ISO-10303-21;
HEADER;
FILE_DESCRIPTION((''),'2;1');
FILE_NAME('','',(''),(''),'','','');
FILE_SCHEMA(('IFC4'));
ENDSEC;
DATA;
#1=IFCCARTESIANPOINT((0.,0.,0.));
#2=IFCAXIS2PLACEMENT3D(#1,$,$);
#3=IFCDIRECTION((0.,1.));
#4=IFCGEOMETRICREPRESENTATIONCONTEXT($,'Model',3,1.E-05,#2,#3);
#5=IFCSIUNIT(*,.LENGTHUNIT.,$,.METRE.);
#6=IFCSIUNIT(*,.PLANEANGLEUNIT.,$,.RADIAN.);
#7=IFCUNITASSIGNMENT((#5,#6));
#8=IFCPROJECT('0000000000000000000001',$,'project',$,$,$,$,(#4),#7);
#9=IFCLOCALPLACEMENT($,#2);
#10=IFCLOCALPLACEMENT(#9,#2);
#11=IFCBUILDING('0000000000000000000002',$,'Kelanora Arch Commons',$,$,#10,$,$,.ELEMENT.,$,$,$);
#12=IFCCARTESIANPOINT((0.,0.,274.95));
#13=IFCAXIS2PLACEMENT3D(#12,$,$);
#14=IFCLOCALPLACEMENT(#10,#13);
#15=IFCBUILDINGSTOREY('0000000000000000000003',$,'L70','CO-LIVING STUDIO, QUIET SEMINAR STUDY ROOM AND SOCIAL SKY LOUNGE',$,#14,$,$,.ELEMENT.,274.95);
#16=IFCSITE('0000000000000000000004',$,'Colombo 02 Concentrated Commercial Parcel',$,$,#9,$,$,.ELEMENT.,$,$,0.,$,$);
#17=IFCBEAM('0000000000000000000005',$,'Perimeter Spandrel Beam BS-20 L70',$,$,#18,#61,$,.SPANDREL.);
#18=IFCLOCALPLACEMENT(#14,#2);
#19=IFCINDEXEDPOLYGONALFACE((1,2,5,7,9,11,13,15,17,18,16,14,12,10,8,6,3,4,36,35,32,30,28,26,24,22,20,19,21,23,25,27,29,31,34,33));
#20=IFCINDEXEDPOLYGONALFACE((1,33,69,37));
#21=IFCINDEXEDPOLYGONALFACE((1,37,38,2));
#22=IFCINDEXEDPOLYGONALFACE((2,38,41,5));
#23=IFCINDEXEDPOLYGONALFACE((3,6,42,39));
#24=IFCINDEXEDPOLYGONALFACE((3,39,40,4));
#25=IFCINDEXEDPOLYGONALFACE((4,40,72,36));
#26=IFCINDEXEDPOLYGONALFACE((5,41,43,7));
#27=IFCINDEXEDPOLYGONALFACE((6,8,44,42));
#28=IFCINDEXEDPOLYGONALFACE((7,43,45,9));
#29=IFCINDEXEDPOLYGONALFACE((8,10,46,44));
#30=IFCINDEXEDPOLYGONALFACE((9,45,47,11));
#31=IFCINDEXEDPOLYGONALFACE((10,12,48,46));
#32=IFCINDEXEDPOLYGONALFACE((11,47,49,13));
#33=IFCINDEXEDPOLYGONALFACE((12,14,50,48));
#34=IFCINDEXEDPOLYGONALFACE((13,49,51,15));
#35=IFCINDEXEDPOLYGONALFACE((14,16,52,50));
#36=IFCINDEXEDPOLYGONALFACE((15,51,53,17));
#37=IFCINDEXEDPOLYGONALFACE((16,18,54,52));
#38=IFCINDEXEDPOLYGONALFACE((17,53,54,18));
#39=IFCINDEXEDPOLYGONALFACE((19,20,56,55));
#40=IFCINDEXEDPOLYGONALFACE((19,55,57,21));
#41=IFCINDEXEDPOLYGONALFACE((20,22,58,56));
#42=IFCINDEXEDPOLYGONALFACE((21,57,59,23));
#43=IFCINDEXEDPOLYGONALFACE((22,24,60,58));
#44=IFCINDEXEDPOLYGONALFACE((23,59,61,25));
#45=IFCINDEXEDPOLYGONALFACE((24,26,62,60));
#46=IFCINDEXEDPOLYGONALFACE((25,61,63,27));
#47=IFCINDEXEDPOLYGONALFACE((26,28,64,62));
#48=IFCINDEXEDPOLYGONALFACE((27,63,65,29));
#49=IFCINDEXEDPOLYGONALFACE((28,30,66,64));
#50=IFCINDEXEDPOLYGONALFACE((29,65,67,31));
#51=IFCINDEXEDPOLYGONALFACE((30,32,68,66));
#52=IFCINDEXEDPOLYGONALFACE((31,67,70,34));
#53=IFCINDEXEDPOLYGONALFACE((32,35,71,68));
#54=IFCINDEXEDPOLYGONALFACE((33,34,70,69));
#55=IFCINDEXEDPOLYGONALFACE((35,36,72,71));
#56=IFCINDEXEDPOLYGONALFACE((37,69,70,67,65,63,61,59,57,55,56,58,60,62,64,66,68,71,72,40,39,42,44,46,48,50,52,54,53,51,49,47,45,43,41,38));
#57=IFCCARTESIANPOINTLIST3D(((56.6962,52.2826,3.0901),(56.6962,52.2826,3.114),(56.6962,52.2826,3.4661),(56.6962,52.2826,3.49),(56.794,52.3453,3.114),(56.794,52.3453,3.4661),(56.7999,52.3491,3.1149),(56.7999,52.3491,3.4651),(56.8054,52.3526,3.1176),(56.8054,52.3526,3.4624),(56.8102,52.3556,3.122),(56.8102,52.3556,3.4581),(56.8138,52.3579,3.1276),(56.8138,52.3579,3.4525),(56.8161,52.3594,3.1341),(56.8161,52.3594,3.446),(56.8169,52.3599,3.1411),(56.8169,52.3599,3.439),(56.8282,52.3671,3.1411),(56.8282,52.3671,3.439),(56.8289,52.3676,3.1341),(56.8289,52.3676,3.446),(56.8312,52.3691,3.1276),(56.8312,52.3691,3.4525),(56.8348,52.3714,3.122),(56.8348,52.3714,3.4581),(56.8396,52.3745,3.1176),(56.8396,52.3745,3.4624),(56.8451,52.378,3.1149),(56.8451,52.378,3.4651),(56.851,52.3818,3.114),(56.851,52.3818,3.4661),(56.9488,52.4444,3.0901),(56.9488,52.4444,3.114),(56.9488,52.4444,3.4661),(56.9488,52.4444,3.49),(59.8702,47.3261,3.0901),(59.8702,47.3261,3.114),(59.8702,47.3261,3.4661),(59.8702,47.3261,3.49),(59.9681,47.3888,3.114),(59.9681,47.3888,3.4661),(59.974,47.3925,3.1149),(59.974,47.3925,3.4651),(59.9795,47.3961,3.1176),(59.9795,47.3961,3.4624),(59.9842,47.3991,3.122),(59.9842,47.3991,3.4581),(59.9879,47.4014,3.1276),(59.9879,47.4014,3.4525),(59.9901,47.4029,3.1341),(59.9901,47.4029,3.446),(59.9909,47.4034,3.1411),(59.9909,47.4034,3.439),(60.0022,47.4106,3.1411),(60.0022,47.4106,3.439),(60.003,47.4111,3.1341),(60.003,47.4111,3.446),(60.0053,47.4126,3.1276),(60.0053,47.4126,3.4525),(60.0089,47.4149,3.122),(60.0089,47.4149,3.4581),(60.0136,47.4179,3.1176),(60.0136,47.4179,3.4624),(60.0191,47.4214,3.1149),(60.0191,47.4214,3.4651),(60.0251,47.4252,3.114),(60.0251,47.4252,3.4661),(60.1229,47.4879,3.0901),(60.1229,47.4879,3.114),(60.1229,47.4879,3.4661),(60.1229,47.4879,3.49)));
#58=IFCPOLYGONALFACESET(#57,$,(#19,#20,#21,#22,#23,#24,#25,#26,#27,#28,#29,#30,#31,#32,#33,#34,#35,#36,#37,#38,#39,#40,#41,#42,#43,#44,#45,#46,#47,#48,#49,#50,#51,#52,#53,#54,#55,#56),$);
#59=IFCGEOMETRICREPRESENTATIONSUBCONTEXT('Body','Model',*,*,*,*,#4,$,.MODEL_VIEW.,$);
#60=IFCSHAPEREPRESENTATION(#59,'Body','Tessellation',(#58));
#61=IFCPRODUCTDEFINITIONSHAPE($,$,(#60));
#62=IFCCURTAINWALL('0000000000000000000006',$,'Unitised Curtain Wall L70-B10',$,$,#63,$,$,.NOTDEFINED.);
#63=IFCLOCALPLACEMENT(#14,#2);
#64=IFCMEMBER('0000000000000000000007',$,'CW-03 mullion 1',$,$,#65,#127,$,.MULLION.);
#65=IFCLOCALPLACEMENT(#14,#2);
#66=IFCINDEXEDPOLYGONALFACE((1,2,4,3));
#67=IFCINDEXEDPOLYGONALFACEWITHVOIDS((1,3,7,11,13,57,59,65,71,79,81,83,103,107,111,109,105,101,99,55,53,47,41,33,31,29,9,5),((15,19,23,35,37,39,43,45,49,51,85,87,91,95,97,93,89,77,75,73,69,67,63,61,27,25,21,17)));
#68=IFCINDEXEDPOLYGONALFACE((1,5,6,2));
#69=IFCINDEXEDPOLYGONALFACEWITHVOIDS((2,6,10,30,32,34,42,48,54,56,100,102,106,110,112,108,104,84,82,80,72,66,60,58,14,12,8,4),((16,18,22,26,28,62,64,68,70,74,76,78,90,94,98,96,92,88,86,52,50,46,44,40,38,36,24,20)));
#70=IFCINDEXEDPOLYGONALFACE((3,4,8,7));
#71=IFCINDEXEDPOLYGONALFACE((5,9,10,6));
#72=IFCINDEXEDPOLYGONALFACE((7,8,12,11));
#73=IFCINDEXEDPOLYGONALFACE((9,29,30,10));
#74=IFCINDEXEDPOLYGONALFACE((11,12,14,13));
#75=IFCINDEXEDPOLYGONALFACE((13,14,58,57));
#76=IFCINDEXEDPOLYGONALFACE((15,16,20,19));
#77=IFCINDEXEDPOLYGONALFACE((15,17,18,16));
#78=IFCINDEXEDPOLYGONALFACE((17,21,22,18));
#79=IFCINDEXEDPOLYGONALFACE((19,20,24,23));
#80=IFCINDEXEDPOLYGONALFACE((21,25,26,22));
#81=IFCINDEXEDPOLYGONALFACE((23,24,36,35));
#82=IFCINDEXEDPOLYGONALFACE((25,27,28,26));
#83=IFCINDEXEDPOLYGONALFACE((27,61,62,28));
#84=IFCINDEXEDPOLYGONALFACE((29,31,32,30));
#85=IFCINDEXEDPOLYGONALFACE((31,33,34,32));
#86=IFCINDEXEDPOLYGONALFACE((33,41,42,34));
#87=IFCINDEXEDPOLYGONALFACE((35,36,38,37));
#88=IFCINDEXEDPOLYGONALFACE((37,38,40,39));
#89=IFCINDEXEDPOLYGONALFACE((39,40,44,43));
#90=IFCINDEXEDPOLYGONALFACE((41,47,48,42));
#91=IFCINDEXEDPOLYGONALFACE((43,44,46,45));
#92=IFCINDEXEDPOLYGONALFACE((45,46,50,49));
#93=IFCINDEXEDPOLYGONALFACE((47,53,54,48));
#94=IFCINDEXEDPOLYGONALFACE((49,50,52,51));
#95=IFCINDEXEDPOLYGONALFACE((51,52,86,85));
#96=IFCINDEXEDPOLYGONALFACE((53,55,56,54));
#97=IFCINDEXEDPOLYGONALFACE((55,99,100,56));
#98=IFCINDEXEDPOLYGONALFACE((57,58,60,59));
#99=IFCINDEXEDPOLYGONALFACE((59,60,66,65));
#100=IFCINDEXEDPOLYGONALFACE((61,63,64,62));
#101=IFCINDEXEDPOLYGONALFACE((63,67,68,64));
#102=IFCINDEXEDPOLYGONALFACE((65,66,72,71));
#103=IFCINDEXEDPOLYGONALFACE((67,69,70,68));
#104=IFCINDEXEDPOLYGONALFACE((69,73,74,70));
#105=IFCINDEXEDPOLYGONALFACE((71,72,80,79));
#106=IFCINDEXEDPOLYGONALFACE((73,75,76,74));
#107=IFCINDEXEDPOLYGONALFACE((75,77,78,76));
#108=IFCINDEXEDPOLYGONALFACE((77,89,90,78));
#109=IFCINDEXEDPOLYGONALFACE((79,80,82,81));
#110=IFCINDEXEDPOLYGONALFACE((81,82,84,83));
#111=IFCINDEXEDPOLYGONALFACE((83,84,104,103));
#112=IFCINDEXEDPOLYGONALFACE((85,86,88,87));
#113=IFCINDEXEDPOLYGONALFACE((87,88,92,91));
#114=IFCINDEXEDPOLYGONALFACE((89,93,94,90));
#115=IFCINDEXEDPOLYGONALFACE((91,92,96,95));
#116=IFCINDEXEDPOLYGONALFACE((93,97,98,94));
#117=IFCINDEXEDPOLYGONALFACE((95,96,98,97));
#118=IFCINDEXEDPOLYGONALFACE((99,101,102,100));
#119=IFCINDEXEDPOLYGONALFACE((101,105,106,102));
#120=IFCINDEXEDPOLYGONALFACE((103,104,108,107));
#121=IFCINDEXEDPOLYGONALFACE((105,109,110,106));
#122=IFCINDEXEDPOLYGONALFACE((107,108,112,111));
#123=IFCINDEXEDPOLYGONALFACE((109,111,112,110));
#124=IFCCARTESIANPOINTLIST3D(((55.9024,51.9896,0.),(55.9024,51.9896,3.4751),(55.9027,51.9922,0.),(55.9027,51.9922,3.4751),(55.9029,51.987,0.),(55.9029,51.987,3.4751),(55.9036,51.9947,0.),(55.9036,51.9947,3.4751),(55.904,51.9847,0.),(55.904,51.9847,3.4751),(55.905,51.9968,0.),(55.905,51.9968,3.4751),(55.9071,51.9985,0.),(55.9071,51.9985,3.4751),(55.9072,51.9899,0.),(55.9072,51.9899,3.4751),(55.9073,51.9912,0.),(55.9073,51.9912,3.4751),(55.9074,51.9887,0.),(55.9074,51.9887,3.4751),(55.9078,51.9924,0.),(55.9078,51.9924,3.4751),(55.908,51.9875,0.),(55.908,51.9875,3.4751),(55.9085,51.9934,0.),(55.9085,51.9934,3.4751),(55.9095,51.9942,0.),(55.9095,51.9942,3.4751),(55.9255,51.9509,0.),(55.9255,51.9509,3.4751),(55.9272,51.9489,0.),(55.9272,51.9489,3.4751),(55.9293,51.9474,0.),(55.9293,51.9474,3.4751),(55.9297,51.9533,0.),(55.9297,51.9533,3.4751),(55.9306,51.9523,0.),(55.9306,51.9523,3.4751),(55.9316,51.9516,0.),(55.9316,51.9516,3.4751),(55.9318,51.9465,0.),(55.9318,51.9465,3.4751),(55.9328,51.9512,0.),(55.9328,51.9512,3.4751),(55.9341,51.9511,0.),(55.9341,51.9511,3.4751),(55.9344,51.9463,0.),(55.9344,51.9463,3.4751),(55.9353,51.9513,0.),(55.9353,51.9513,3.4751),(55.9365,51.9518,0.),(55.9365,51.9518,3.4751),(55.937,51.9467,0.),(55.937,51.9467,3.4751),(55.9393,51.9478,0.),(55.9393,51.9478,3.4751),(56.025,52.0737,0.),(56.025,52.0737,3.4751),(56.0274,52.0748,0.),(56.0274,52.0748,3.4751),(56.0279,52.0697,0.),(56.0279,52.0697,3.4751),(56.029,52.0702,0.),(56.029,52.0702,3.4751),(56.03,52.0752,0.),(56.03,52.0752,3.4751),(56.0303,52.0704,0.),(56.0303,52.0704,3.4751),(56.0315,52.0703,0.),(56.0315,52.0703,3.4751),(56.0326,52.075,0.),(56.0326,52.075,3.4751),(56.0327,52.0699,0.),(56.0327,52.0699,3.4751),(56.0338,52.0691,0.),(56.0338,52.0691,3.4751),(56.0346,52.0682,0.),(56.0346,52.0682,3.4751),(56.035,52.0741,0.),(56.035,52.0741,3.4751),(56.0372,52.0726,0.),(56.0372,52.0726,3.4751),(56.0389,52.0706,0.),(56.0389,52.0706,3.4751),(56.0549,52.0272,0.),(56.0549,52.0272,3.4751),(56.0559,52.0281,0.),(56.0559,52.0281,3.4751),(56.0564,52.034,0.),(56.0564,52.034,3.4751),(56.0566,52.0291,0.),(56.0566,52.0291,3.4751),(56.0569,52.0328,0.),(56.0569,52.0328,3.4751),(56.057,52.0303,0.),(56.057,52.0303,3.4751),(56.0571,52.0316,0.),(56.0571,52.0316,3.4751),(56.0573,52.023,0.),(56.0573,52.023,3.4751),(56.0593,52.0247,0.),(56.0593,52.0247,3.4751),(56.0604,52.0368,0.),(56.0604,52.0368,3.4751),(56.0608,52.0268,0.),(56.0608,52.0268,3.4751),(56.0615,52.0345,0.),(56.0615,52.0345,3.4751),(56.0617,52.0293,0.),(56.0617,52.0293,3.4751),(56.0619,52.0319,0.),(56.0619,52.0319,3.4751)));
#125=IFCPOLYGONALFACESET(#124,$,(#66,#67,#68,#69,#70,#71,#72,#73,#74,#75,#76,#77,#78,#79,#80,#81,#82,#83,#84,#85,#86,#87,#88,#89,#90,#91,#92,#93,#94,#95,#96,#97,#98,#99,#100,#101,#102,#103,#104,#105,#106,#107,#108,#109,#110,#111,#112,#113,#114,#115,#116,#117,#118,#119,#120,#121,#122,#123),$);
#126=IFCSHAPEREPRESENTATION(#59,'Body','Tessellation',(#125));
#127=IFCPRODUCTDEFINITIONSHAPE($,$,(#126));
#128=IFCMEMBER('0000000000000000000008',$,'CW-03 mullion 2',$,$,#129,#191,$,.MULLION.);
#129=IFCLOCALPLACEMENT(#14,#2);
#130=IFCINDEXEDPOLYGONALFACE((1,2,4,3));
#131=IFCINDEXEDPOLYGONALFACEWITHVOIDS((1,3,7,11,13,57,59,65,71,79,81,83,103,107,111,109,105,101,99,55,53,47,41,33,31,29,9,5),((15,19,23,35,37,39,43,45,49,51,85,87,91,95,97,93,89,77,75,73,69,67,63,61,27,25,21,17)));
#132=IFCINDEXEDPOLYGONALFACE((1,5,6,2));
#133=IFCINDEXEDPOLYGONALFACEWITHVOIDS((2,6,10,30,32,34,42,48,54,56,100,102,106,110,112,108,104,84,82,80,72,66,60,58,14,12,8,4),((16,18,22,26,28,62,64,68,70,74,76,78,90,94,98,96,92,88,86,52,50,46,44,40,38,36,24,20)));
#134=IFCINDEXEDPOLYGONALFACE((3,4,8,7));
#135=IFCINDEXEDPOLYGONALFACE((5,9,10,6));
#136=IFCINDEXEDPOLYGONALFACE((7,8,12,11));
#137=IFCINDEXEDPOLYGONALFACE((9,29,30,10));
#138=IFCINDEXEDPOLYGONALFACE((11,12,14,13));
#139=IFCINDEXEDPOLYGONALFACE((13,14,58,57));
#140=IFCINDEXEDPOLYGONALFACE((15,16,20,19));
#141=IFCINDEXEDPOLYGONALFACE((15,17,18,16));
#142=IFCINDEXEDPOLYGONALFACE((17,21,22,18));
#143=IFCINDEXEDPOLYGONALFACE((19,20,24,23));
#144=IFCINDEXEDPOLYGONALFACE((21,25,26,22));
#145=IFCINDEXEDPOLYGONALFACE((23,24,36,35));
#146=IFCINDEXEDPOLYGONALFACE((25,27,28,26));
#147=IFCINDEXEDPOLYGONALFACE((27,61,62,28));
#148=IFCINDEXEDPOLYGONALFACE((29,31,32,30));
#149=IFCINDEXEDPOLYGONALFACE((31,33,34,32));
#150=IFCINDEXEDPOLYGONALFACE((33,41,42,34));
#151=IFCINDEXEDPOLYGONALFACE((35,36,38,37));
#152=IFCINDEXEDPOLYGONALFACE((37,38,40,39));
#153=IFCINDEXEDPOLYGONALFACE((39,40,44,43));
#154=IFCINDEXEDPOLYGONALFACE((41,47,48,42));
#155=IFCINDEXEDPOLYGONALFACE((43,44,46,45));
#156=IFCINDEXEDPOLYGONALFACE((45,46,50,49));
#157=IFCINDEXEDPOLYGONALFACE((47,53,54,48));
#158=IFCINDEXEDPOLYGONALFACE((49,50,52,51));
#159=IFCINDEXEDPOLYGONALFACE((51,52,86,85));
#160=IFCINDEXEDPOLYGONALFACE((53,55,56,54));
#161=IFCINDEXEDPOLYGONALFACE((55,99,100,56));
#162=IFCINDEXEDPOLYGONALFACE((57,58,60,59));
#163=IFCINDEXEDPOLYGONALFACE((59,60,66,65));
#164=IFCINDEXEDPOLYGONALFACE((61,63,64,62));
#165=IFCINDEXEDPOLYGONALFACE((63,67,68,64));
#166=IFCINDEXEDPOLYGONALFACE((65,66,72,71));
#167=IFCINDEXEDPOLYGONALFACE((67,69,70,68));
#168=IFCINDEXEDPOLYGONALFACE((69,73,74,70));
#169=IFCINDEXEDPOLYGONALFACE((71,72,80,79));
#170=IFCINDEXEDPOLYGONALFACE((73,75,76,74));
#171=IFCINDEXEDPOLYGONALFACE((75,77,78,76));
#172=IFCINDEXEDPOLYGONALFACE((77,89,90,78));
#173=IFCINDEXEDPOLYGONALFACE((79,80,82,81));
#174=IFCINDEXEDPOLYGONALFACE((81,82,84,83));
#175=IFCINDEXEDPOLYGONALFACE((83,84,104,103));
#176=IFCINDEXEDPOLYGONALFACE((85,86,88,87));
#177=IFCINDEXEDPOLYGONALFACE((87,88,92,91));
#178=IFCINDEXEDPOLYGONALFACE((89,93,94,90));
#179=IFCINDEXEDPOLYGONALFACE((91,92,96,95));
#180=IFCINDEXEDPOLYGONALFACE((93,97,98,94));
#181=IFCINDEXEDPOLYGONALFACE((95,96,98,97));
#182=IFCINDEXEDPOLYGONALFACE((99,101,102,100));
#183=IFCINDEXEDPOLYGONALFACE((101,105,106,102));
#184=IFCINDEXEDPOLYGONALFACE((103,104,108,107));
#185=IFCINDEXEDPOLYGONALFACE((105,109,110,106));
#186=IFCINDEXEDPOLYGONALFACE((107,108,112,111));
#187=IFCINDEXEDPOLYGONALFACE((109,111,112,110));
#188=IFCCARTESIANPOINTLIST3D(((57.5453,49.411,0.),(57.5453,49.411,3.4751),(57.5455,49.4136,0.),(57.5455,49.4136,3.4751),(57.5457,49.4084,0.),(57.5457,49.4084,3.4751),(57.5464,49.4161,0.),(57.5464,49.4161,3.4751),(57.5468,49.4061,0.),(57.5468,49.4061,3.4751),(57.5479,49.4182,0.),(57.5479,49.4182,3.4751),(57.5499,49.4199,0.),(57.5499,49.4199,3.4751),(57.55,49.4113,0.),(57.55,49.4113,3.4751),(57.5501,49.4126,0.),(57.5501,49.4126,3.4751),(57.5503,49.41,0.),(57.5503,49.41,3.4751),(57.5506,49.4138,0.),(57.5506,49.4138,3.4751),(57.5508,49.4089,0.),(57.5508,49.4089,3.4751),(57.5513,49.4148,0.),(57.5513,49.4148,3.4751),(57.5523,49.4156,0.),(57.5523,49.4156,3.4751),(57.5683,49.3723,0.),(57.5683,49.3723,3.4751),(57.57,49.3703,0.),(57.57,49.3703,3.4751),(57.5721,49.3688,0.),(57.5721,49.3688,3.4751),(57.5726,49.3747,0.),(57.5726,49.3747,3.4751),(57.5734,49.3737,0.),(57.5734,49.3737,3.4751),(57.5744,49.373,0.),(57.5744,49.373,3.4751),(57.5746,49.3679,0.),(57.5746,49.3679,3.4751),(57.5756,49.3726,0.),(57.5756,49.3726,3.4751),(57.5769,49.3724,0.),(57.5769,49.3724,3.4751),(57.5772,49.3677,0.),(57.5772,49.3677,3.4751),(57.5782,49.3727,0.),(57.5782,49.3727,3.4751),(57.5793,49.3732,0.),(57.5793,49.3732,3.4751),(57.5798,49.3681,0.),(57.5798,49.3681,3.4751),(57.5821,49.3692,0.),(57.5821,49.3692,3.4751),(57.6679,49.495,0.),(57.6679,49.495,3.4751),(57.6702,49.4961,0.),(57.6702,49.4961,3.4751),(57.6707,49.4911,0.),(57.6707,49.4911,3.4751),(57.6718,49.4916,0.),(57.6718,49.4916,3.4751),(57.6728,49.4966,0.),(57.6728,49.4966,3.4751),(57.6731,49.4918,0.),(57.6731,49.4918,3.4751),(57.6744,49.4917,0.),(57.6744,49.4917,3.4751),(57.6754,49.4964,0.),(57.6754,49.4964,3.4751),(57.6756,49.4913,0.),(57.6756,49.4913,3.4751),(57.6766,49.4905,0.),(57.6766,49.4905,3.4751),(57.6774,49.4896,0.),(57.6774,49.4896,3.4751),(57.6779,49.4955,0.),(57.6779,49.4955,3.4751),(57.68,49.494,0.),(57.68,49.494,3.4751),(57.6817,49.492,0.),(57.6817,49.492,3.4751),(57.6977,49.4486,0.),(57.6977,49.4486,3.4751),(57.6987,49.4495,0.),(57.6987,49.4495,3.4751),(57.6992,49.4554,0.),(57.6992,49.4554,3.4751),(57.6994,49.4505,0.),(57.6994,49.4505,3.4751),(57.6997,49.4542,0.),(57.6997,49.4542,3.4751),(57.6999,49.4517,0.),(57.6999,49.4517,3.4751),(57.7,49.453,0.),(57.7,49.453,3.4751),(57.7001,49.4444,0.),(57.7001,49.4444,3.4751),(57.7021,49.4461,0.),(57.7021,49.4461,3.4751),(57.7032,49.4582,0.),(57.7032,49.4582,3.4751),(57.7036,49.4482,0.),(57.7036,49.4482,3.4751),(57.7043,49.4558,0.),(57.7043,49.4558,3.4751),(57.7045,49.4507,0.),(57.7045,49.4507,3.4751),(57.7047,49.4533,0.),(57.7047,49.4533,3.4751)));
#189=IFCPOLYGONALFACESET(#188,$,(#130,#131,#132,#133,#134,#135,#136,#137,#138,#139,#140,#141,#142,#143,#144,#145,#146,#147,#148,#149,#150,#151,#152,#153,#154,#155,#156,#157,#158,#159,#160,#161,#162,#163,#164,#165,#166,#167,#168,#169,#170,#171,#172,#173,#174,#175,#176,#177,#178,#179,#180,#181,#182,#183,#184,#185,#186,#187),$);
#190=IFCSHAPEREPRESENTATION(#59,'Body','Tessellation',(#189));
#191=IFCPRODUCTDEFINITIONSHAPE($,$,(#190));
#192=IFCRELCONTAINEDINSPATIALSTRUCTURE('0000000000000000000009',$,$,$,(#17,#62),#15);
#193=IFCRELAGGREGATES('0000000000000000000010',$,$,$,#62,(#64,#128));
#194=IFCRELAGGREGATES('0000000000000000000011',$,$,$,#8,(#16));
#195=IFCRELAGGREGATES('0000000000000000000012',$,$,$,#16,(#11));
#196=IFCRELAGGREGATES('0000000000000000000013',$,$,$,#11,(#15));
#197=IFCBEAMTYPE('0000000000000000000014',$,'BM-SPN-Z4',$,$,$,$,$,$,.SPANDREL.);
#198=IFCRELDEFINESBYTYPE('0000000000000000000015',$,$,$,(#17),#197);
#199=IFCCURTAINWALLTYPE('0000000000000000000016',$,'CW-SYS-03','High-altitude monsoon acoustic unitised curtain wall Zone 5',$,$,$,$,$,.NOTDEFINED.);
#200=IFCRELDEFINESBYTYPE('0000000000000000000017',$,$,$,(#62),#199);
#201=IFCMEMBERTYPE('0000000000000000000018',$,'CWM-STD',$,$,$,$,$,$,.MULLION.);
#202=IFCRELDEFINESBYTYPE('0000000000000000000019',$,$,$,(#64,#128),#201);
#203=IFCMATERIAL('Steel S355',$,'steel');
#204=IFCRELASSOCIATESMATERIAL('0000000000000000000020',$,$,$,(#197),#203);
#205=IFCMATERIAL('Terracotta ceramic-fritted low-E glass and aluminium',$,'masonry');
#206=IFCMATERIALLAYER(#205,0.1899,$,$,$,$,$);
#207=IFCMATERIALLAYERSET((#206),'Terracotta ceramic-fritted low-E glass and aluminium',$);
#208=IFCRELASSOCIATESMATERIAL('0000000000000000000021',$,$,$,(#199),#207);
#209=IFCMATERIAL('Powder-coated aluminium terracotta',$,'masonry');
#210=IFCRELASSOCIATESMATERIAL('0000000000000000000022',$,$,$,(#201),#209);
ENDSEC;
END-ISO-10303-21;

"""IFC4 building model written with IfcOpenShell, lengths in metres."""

from ifc_helpers import new_model, si_unit, direction, frame, origin, origin_2d, place, context, subcontext, project, spatial, hollow_rectangle, i_section, extrude, material, layer, layer_set, material_profile, profile_set, type_object, element, aggregate, save


model = new_model("IFC4")

# Units and contexts
model_context = context("Model", 3, precision=1e-05, world=origin(), true_north=direction((0.0, 1.0)))
body_context = subcontext(model_context, "Body", "Model", "MODEL_VIEW")
ifc_project = project(units=[si_unit("LENGTHUNIT", "METRE"), si_unit("PLANEANGLEUNIT", "RADIAN")], contexts=[model_context])

# Site, building, storey
site_placement = place(None, origin())
site = spatial("IfcSite", under=ifc_project, at=site_placement, Name="Colombo 02 Concentrated Commercial Parcel", CompositionType="ELEMENT", RefElevation=0.0)
building_placement = place(site_placement, origin())
building = spatial("IfcBuilding", under=site, at=building_placement, Name="Kelanora Arch Commons", CompositionType="ELEMENT")
storey_placement = place(building_placement, frame((0.0, 0.0, 274.95)))
storey = spatial("IfcBuildingStorey", under=building, at=storey_placement, Name="L70", Description="CO-LIVING STUDIO, QUIET SEMINAR STUDY ROOM AND SOCIAL SKY LOUNGE", CompositionType="ELEMENT", Elevation=274.95)

# Beam
ifc_material_1 = material(Name="Steel S355", Category="steel")
ifc_material_profile_1 = material_profile(ifc_material_1, i_section(OverallWidth=0.3, OverallDepth=0.3999, WebThickness=0.0134, FlangeThickness=0.0239, FilletRadius=0.0271, at=origin_2d()), Name="HEB400")
ifc_profile_set_1 = profile_set([ifc_material_profile_1], Name="Steel S355")
beam_type_1 = type_object("IfcBeamType", Name="BM-SPN-Z4", PredefinedType="SPANDREL", material=ifc_profile_set_1)
beam_1_placement = place(storey_placement, frame((56.8225, 52.3635, 3.29), z_axis=(0.539281, -0.842126, 0.0), x_axis=(0.842126, 0.539281, 0.0)))
element("IfcBeam", 1, at=beam_1_placement, inside=storey, type_object=beam_type_1, Name="Perimeter Spandrel Beam BS-20 L70", PredefinedType="SPANDREL", context=body_context, shape_type="SweptSolid", body=[
    extrude(i_section(OverallWidth=0.3, OverallDepth=0.3999, WebThickness=0.0134, FlangeThickness=0.0239, FilletRadius=0.0271, at=origin_2d()), origin(), (0.0, 0.0, 1.0), 5.8857),
])

# Curtain wall, members
ifc_material_2 = material(Name="Terracotta ceramic-fritted low-E glass and aluminium", Category="masonry")
ifc_layer_1 = layer(ifc_material_2, 0.1899)
ifc_layer_set_1 = layer_set([ifc_layer_1], Name="Terracotta ceramic-fritted low-E glass and aluminium")
curtain_wall_type = type_object("IfcCurtainWallType", Name="CW-SYS-03", Description="High-altitude monsoon acoustic unitised curtain wall Zone 5", PredefinedType="NOTDEFINED", material=ifc_layer_set_1)
curtain_wall_placement = place(storey_placement, origin())
curtain_wall = element("IfcCurtainWall", 2, at=curtain_wall_placement, inside=storey, type_object=curtain_wall_type, Name="Unitised Curtain Wall L70-B10", PredefinedType="NOTDEFINED")
ifc_material_3 = material(Name="Powder-coated aluminium terracotta", Category="masonry")
ifc_material_profile_2 = material_profile(ifc_material_3, hollow_rectangle(XDim=0.1599, YDim=0.0601, WallThickness=0.0049, InnerFilletRadius=0.0049, OuterFilletRadius=0.01, at=origin_2d()), Name="CWM160x60")
ifc_profile_set_2 = profile_set([ifc_material_profile_2], Name="Powder-coated aluminium terracotta")
member_type_1 = type_object("IfcMemberType", Name="CWM-STD", PredefinedType="MULLION", material=ifc_profile_set_2)
member_1_placement = place(storey_placement, frame((55.9822, 52.0107, 0.0), z_axis=(0.0, 0.0, 1.0), x_axis=(0.843391, 0.5373, 0.0)))
member_1 = element("IfcMember", 3, at=member_1_placement, type_object=member_type_1, Name="CW-03 mullion 1", PredefinedType="MULLION", context=body_context, shape_type="SweptSolid", body=[
    extrude(hollow_rectangle(XDim=0.1599, YDim=0.0601, WallThickness=0.0049, InnerFilletRadius=0.0049, OuterFilletRadius=0.01, at=origin_2d()), origin(), (0.0, 0.0, 1.0), 3.4751),
])
member_2_placement = place(storey_placement, frame((57.625, 49.4321, 0.0), z_axis=(0.0, 0.0, 1.0), x_axis=(0.843391, 0.5373, 0.0)))
member_2 = element("IfcMember", 4, at=member_2_placement, type_object=member_type_1, Name="CW-03 mullion 2", PredefinedType="MULLION", context=body_context, shape_type="SweptSolid", body=[
    extrude(hollow_rectangle(XDim=0.1599, YDim=0.0601, WallThickness=0.0049, InnerFilletRadius=0.0049, OuterFilletRadius=0.01, at=origin_2d()), origin(), (0.0, 0.0, 1.0), 3.4751),
])

aggregate(curtain_wall, [member_1, member_2])

save(model, "model.ifc")
